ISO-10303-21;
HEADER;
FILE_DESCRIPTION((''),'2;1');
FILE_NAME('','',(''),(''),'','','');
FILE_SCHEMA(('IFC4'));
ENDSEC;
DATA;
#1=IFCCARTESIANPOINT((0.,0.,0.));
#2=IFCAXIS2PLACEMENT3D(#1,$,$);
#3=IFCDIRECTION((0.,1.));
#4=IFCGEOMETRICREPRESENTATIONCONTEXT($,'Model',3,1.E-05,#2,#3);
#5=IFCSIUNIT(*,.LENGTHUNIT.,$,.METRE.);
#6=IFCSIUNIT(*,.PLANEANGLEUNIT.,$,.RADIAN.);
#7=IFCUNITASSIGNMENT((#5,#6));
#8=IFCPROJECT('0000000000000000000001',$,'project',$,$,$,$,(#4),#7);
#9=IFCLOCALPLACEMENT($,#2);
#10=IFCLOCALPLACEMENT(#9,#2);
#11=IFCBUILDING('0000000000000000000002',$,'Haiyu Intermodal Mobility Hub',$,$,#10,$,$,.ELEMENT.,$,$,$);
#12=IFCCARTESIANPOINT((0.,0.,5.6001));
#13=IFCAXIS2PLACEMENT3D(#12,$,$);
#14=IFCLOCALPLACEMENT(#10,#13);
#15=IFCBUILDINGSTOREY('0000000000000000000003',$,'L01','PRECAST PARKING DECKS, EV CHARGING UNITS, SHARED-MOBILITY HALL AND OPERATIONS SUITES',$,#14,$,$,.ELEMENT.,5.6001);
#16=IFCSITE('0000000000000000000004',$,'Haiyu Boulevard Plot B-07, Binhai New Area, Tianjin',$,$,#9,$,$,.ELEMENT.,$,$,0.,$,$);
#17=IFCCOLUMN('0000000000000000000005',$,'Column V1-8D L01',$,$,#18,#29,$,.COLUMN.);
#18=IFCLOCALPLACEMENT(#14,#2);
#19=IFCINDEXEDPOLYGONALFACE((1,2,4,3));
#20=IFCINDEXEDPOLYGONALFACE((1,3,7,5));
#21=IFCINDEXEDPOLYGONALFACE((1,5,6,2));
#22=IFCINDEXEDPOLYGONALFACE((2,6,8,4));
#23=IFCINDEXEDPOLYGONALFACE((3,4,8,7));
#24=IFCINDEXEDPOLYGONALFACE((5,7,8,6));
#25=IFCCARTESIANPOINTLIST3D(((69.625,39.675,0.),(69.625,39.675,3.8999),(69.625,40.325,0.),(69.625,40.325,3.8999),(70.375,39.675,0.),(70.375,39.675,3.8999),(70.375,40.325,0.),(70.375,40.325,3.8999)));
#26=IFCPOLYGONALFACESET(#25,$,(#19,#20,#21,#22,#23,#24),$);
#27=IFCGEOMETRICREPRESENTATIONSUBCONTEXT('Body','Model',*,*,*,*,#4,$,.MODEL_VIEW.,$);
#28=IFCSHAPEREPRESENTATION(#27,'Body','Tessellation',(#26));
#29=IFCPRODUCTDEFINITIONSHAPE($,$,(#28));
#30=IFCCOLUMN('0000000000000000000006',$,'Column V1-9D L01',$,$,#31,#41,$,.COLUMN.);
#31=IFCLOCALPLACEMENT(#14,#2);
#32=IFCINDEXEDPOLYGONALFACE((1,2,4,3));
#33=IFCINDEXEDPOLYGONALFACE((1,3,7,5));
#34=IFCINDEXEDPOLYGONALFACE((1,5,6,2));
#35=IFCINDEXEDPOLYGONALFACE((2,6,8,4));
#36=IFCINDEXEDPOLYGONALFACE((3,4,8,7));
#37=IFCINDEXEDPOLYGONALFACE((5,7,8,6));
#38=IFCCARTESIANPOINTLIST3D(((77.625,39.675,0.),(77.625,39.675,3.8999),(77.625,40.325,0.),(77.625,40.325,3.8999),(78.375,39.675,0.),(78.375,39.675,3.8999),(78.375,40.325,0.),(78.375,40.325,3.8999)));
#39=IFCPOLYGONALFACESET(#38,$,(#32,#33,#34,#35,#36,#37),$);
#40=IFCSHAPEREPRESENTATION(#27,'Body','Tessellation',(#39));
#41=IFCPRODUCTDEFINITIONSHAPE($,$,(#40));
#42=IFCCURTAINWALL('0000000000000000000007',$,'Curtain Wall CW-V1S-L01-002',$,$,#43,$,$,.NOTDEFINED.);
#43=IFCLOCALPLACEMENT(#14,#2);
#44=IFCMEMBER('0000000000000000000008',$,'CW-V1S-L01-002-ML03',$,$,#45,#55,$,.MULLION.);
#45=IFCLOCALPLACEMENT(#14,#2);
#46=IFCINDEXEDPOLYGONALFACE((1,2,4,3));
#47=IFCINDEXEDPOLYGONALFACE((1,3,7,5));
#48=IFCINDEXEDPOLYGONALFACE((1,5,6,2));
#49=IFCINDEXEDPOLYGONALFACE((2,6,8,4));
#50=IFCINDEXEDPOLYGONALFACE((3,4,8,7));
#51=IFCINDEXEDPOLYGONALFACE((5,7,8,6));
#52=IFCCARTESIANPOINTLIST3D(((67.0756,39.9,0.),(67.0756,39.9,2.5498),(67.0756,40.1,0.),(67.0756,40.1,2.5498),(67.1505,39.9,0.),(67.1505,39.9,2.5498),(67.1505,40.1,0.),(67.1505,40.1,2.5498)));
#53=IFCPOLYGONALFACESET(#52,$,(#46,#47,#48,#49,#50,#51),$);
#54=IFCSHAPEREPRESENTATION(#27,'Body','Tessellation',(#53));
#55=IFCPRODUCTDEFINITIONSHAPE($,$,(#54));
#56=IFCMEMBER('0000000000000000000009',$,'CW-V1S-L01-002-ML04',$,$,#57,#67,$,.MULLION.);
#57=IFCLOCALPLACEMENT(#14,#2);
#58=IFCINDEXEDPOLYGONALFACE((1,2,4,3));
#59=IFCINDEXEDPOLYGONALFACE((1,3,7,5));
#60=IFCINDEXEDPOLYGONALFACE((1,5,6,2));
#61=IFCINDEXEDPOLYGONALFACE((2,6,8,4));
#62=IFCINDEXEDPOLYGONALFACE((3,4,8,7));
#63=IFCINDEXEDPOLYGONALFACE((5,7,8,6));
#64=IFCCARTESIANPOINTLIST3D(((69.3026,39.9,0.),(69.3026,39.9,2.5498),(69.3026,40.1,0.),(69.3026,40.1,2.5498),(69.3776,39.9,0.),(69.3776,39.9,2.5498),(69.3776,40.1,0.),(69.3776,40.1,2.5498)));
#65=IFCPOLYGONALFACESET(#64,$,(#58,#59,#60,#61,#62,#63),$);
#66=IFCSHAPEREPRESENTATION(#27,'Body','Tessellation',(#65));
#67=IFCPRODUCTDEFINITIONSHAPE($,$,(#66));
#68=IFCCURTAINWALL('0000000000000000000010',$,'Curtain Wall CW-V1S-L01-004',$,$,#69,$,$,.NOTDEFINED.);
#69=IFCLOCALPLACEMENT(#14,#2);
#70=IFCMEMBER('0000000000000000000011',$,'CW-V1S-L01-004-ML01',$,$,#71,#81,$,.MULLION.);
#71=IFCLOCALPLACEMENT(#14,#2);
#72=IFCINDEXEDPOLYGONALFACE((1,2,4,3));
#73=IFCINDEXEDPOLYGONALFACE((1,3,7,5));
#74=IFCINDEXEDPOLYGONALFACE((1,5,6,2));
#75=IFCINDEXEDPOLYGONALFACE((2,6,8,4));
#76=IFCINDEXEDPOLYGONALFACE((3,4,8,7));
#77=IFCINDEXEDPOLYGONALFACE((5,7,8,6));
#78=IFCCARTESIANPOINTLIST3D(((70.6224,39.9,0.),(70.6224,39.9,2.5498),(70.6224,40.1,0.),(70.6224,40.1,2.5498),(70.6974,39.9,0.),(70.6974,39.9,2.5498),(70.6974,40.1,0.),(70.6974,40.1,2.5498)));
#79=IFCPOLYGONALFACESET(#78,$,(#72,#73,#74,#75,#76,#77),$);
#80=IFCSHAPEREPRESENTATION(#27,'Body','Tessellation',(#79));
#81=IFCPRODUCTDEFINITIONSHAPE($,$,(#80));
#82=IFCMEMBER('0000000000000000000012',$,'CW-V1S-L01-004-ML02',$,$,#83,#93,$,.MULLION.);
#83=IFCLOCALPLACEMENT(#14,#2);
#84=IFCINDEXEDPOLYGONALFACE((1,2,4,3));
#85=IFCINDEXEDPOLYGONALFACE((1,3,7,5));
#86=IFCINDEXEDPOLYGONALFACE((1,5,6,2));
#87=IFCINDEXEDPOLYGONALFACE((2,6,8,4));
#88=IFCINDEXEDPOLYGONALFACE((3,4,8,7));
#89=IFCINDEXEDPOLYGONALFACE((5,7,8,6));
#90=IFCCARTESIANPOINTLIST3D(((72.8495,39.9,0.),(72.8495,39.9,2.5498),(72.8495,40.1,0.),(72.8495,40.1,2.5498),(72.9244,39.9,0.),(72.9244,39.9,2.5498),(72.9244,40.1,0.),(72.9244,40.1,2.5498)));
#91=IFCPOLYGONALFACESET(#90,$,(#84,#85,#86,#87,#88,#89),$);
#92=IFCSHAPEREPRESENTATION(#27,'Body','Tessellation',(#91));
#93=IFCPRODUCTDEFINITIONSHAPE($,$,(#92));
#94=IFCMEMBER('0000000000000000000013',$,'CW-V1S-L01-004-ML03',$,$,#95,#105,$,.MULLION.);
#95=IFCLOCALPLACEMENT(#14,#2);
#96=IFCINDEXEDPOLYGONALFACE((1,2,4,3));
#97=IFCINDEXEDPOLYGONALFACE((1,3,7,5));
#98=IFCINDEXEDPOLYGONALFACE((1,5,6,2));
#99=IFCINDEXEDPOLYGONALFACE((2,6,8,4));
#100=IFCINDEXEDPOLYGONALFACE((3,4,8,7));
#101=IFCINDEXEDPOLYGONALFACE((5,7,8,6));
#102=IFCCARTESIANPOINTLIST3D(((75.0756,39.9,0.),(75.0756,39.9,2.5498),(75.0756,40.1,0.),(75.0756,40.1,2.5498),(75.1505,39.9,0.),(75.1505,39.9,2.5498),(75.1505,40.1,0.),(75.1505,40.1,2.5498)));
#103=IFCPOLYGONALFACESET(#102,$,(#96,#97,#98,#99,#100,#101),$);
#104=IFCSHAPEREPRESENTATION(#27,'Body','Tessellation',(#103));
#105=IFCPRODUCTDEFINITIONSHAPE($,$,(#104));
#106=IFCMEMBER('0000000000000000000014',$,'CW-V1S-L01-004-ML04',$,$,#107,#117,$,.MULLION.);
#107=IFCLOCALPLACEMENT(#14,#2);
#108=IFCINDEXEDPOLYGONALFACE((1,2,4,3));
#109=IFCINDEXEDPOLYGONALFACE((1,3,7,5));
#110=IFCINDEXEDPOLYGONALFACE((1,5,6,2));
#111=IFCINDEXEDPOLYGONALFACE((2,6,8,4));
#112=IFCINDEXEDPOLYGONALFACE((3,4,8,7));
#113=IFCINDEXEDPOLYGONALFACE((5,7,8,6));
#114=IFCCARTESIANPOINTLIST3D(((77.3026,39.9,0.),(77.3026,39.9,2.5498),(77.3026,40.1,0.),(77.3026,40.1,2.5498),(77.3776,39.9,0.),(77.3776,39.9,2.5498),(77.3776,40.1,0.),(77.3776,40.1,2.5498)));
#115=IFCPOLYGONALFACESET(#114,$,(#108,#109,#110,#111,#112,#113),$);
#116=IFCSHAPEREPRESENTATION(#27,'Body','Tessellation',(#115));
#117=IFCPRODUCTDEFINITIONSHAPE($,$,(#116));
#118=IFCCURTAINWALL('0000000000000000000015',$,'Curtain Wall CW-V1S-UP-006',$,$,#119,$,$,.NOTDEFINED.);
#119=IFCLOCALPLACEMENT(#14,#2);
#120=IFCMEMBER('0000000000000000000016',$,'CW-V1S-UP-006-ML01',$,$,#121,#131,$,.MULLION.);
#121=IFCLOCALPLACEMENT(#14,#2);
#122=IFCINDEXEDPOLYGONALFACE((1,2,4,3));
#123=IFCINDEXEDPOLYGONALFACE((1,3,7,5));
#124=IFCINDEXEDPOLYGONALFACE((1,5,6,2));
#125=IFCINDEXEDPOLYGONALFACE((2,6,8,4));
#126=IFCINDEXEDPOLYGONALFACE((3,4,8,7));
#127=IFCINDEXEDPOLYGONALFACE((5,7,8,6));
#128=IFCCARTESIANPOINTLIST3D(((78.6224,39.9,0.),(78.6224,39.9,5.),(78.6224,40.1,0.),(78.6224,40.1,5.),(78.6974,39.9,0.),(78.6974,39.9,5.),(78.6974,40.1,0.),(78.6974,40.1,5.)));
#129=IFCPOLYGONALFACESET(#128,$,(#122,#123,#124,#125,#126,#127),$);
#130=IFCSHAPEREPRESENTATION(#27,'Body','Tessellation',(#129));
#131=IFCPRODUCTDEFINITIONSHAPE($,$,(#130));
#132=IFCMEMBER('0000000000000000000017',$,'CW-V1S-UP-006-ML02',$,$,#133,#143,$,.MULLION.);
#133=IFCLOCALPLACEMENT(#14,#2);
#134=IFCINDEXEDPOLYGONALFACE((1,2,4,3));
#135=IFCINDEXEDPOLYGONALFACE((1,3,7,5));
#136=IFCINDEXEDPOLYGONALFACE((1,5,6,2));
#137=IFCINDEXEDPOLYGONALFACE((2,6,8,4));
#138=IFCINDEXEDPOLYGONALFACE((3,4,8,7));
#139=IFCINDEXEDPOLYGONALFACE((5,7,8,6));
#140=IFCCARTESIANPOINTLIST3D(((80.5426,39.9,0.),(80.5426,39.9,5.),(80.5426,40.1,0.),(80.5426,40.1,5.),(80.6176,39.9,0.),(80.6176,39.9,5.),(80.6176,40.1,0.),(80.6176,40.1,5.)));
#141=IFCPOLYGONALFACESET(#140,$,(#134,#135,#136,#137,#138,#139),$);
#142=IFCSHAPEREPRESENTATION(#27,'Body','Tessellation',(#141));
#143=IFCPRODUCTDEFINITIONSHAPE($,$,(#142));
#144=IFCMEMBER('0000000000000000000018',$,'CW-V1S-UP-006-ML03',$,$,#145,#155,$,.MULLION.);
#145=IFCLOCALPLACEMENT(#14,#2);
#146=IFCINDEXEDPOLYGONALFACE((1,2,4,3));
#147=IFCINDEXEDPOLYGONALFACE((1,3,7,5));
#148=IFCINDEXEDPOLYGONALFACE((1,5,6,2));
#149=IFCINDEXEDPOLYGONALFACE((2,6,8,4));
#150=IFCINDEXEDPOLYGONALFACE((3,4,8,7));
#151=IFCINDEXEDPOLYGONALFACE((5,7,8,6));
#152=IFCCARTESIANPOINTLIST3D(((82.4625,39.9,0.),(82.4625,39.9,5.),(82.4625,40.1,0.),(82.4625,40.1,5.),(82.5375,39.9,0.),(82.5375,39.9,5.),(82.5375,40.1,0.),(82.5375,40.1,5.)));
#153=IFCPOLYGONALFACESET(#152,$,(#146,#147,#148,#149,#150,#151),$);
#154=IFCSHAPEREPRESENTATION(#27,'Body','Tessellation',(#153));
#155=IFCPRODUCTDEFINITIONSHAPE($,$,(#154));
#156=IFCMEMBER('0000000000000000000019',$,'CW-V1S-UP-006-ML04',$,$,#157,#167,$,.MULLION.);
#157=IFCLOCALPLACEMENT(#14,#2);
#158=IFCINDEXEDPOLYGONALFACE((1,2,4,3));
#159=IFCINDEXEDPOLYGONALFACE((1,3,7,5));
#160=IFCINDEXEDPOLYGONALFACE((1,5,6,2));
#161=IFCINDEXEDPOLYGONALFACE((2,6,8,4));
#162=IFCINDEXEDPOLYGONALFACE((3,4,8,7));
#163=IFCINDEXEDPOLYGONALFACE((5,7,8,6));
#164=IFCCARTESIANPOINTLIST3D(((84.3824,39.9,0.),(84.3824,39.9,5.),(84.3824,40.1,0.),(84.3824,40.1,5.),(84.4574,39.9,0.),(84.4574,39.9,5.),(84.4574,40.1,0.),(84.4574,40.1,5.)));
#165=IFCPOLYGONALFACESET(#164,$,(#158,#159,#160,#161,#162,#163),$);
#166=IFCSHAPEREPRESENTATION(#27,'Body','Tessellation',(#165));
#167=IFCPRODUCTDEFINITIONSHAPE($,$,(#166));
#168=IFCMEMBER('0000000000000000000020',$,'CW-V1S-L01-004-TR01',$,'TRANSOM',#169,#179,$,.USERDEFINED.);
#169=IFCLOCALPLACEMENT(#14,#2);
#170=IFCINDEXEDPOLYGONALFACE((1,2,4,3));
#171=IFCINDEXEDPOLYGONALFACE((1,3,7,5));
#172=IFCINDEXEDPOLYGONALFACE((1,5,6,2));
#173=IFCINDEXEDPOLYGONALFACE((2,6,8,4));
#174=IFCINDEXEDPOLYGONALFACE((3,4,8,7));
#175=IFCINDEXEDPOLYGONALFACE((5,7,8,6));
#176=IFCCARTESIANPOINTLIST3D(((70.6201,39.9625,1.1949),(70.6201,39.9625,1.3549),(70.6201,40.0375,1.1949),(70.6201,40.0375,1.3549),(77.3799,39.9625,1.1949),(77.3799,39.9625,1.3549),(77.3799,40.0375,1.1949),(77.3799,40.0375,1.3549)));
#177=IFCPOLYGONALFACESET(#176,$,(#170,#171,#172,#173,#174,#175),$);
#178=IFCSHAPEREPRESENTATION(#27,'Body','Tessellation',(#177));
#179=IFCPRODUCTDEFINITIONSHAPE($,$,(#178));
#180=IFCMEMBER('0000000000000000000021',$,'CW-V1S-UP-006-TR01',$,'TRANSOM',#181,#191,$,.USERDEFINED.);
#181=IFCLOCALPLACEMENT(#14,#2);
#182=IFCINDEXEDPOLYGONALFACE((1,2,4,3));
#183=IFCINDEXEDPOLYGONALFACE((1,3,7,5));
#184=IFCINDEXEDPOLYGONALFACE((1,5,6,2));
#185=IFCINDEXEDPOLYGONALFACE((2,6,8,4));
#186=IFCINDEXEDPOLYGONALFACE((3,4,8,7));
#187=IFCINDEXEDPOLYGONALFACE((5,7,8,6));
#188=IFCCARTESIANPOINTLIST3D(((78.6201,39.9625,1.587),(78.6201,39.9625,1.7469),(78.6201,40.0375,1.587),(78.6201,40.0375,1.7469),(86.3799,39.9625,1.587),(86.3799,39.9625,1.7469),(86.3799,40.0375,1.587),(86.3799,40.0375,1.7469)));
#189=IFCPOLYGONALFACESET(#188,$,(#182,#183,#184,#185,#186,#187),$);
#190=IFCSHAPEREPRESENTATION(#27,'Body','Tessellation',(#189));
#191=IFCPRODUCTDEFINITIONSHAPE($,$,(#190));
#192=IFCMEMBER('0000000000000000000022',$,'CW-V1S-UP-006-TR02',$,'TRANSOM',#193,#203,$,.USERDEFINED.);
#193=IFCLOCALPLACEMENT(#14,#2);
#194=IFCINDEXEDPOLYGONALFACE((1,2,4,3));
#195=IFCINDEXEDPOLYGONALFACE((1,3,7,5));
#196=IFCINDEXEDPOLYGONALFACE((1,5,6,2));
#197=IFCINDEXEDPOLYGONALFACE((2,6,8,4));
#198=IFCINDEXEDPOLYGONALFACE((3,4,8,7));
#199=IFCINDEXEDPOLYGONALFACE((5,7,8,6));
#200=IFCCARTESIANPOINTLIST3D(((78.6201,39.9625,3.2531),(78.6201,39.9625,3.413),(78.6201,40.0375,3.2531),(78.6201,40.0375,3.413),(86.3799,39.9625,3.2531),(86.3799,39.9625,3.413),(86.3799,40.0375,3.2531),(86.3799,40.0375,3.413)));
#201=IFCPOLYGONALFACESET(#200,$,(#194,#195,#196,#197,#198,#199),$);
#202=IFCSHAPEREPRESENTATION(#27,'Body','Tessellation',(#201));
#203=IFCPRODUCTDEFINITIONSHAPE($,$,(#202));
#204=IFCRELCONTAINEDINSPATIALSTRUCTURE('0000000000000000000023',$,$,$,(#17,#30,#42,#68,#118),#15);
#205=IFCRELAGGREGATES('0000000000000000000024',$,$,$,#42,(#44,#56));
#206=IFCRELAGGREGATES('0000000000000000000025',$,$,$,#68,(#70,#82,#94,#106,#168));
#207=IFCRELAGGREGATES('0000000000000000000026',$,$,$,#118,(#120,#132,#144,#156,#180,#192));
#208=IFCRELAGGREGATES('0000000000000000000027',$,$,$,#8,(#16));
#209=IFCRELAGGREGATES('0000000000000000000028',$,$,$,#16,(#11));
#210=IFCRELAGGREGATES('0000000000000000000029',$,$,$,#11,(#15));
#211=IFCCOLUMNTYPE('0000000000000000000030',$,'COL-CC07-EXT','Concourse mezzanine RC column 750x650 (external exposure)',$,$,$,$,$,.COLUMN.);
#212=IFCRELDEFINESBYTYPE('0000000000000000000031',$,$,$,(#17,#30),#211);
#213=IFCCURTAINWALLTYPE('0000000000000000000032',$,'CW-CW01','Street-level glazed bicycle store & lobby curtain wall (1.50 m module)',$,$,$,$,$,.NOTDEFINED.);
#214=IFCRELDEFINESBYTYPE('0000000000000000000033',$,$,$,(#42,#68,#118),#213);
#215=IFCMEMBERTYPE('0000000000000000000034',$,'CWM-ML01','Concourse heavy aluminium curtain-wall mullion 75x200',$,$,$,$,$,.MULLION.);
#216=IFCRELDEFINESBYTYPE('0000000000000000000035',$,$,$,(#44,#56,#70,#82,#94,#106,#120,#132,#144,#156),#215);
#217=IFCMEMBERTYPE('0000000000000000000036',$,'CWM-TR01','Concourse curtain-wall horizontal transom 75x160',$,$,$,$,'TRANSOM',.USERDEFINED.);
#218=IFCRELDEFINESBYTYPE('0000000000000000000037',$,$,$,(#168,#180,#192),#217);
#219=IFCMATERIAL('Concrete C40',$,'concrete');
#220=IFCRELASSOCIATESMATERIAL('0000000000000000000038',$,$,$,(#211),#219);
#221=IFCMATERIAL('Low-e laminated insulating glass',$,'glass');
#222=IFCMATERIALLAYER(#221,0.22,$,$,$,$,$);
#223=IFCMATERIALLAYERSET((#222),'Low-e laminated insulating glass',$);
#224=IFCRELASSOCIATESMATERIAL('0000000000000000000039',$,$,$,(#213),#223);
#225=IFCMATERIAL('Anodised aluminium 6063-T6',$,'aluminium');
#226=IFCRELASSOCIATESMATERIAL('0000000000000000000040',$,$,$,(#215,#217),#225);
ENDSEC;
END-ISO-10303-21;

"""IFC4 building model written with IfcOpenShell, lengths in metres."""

from ifc_helpers import new_model, si_unit, direction, frame, origin, origin_2d, place, context, subcontext, project, spatial, rectangle, extrude, material, layer, layer_set, material_profile, profile_set, type_object, element, aggregate, save


model = new_model("IFC4")

# Units and contexts
model_context = context("Model", 3, precision=1e-05, world=origin(), true_north=direction((0.0, 1.0)))
body_context = subcontext(model_context, "Body", "Model", "MODEL_VIEW")
ifc_project = project(units=[si_unit("LENGTHUNIT", "METRE"), si_unit("PLANEANGLEUNIT", "RADIAN")], contexts=[model_context])

# Site, building, storey
site_placement = place(None, origin())
site = spatial("IfcSite", under=ifc_project, at=site_placement, Name="Haiyu Boulevard Plot B-07, Binhai New Area, Tianjin", CompositionType="ELEMENT", RefElevation=0.0)
building_placement = place(site_placement, origin())
building = spatial("IfcBuilding", under=site, at=building_placement, Name="Haiyu Intermodal Mobility Hub", CompositionType="ELEMENT")
storey_placement = place(building_placement, frame((0.0, 0.0, 5.6001)))
storey = spatial("IfcBuildingStorey", under=building, at=storey_placement, Name="L01", Description="PRECAST PARKING DECKS, EV CHARGING UNITS, SHARED-MOBILITY HALL AND OPERATIONS SUITES", CompositionType="ELEMENT", Elevation=5.6001)

# Columns
ifc_material_1 = material(Name="Concrete C40", Category="concrete")
ifc_material_profile_1 = material_profile(ifc_material_1, rectangle(XDim=0.75, YDim=0.6499, at=origin_2d()), Name="RC750x650")
ifc_profile_set_1 = profile_set([ifc_material_profile_1], Name="Concrete C40")
column_type = type_object("IfcColumnType", Name="COL-CC07-EXT", Description="Concourse mezzanine RC column 750x650 (external exposure)", PredefinedType="COLUMN", material=ifc_profile_set_1)
for number, where, z_axis, x_axis, name in (
    (1, (70.0, 40.0, 0.0), (0.0, 0.0, 1.0), (1.0, 0.0, 0.0), "Column V1-8D L01"),
    (2, (78.0, 40.0, 0.0), (0.0, 0.0, 1.0), (1.0, 0.0, 0.0), "Column V1-9D L01"),
):
    element("IfcColumn", number, at=place(storey_placement, frame(where, z_axis=z_axis, x_axis=x_axis)), inside=storey, type_object=column_type, Name=name, PredefinedType="COLUMN", context=body_context, shape_type="SweptSolid", body=[
        extrude(rectangle(XDim=0.75, YDim=0.6499, at=origin_2d()), origin(), (0.0, 0.0, 1.0), 3.8999),
    ])

# Curtain walls, members
ifc_material_2 = material(Name="Low-e laminated insulating glass", Category="glass")
ifc_layer_1 = layer(ifc_material_2, 0.22)
ifc_layer_set_1 = layer_set([ifc_layer_1], Name="Low-e laminated insulating glass")
curtain_wall_type = type_object("IfcCurtainWallType", Name="CW-CW01", Description="Street-level glazed bicycle store & lobby curtain wall (1.50 m module)", PredefinedType="NOTDEFINED", material=ifc_layer_set_1)
curtain_wall_1_placement = place(storey_placement, origin())
curtain_wall_1 = element("IfcCurtainWall", 3, at=curtain_wall_1_placement, inside=storey, type_object=curtain_wall_type, Name="Curtain Wall CW-V1S-L01-002", PredefinedType="NOTDEFINED")
ifc_material_3 = material(Name="Anodised aluminium 6063-T6", Category="aluminium")
ifc_material_profile_2 = material_profile(ifc_material_3, rectangle(XDim=0.075, YDim=0.2, at=origin_2d()), Name="ALU75x200")
ifc_profile_set_2 = profile_set([ifc_material_profile_2], Name="Anodised aluminium 6063-T6")
member_type_1 = type_object("IfcMemberType", Name="CWM-ML01", Description="Concourse heavy aluminium curtain-wall mullion 75x200", PredefinedType="MULLION", material=ifc_profile_set_2)
member_1_placement = place(storey_placement, frame((67.113, 40.0, 0.0), z_axis=(0.0, 0.0, 1.0), x_axis=(1.0, 0.0, 0.0)))
member_1 = element("IfcMember", 4, at=member_1_placement, type_object=member_type_1, Name="CW-V1S-L01-002-ML03", PredefinedType="MULLION", context=body_context, shape_type="SweptSolid", body=[
    extrude(rectangle(XDim=0.075, YDim=0.2, at=origin_2d()), origin(), (0.0, 0.0, 1.0), 2.5498),
])
member_2_placement = place(storey_placement, frame((69.3401, 40.0, 0.0), z_axis=(0.0, 0.0, 1.0), x_axis=(1.0, 0.0, 0.0)))
member_2 = element("IfcMember", 5, at=member_2_placement, type_object=member_type_1, Name="CW-V1S-L01-002-ML04", PredefinedType="MULLION", context=body_context, shape_type="SweptSolid", body=[
    extrude(rectangle(XDim=0.075, YDim=0.2, at=origin_2d()), origin(), (0.0, 0.0, 1.0), 2.5498),
])
curtain_wall_2_placement = place(storey_placement, origin())
curtain_wall_2 = element("IfcCurtainWall", 6, at=curtain_wall_2_placement, inside=storey, type_object=curtain_wall_type, Name="Curtain Wall CW-V1S-L01-004", PredefinedType="NOTDEFINED")
member_3_placement = place(storey_placement, frame((70.6599, 40.0, 0.0), z_axis=(0.0, 0.0, 1.0), x_axis=(1.0, 0.0, 0.0)))
member_3 = element("IfcMember", 7, at=member_3_placement, type_object=member_type_1, Name="CW-V1S-L01-004-ML01", PredefinedType="MULLION", context=body_context, shape_type="SweptSolid", body=[
    extrude(rectangle(XDim=0.075, YDim=0.2, at=origin_2d()), origin(), (0.0, 0.0, 1.0), 2.5498),
])
member_4_placement = place(storey_placement, frame((72.887, 40.0, 0.0), z_axis=(0.0, 0.0, 1.0), x_axis=(1.0, 0.0, 0.0)))
member_4 = element("IfcMember", 8, at=member_4_placement, type_object=member_type_1, Name="CW-V1S-L01-004-ML02", PredefinedType="MULLION", context=body_context, shape_type="SweptSolid", body=[
    extrude(rectangle(XDim=0.075, YDim=0.2, at=origin_2d()), origin(), (0.0, 0.0, 1.0), 2.5498),
])
member_5_placement = place(storey_placement, frame((75.113, 40.0, 0.0), z_axis=(0.0, 0.0, 1.0), x_axis=(1.0, 0.0, 0.0)))
member_5 = element("IfcMember", 9, at=member_5_placement, type_object=member_type_1, Name="CW-V1S-L01-004-ML03", PredefinedType="MULLION", context=body_context, shape_type="SweptSolid", body=[
    extrude(rectangle(XDim=0.075, YDim=0.2, at=origin_2d()), origin(), (0.0, 0.0, 1.0), 2.5498),
])
member_6_placement = place(storey_placement, frame((77.3401, 40.0, 0.0), z_axis=(0.0, 0.0, 1.0), x_axis=(1.0, 0.0, 0.0)))
member_6 = element("IfcMember", 10, at=member_6_placement, type_object=member_type_1, Name="CW-V1S-L01-004-ML04", PredefinedType="MULLION", context=body_context, shape_type="SweptSolid", body=[
    extrude(rectangle(XDim=0.075, YDim=0.2, at=origin_2d()), origin(), (0.0, 0.0, 1.0), 2.5498),
])
curtain_wall_3_placement = place(storey_placement, origin())
curtain_wall_3 = element("IfcCurtainWall", 11, at=curtain_wall_3_placement, inside=storey, type_object=curtain_wall_type, Name="Curtain Wall CW-V1S-UP-006", PredefinedType="NOTDEFINED")
member_7_placement = place(storey_placement, frame((78.6599, 40.0, 0.0), z_axis=(0.0, 0.0, 1.0), x_axis=(1.0, 0.0, 0.0)))
member_7 = element("IfcMember", 12, at=member_7_placement, type_object=member_type_1, Name="CW-V1S-UP-006-ML01", PredefinedType="MULLION", context=body_context, shape_type="SweptSolid", body=[
    extrude(rectangle(XDim=0.075, YDim=0.2, at=origin_2d()), origin(), (0.0, 0.0, 1.0), 5.0),
])
member_8_placement = place(storey_placement, frame((80.5801, 40.0, 0.0), z_axis=(0.0, 0.0, 1.0), x_axis=(1.0, 0.0, 0.0)))
member_8 = element("IfcMember", 13, at=member_8_placement, type_object=member_type_1, Name="CW-V1S-UP-006-ML02", PredefinedType="MULLION", context=body_context, shape_type="SweptSolid", body=[
    extrude(rectangle(XDim=0.075, YDim=0.2, at=origin_2d()), origin(), (0.0, 0.0, 1.0), 5.0),
])
member_9_placement = place(storey_placement, frame((82.5, 40.0, 0.0), z_axis=(0.0, 0.0, 1.0), x_axis=(1.0, 0.0, 0.0)))
member_9 = element("IfcMember", 14, at=member_9_placement, type_object=member_type_1, Name="CW-V1S-UP-006-ML03", PredefinedType="MULLION", context=body_context, shape_type="SweptSolid", body=[
    extrude(rectangle(XDim=0.075, YDim=0.2, at=origin_2d()), origin(), (0.0, 0.0, 1.0), 5.0),
])
member_10_placement = place(storey_placement, frame((84.4199, 40.0, 0.0), z_axis=(0.0, 0.0, 1.0), x_axis=(1.0, 0.0, 0.0)))
member_10 = element("IfcMember", 15, at=member_10_placement, type_object=member_type_1, Name="CW-V1S-UP-006-ML04", PredefinedType="MULLION", context=body_context, shape_type="SweptSolid", body=[
    extrude(rectangle(XDim=0.075, YDim=0.2, at=origin_2d()), origin(), (0.0, 0.0, 1.0), 5.0),
])

# Members
ifc_material_profile_3 = material_profile(ifc_material_3, rectangle(XDim=0.075, YDim=0.1599, at=origin_2d()), Name="ALU75x160")
ifc_profile_set_3 = profile_set([ifc_material_profile_3], Name="Anodised aluminium 6063-T6")
member_type_2 = type_object("IfcMemberType", Name="CWM-TR01", Description="Concourse curtain-wall horizontal transom 75x160", ElementType="TRANSOM", PredefinedType="USERDEFINED", material=ifc_profile_set_3)
member_11_placement = place(storey_placement, frame((70.6201, 40.0, 1.2749), z_axis=(1.0, 0.0, 0.0), x_axis=(0.0, 1.0, 0.0)))
member_11 = element("IfcMember", 16, at=member_11_placement, type_object=member_type_2, Name="CW-V1S-L01-004-TR01", ObjectType="TRANSOM", PredefinedType="USERDEFINED", context=body_context, shape_type="SweptSolid", body=[
    extrude(rectangle(XDim=0.075, YDim=0.1599, at=origin_2d()), origin(), (0.0, 0.0, 1.0), 6.7598),
])
member_12_placement = place(storey_placement, frame((78.6201, 40.0, 1.667), z_axis=(1.0, 0.0, 0.0), x_axis=(0.0, 1.0, 0.0)))
member_12 = element("IfcMember", 17, at=member_12_placement, type_object=member_type_2, Name="CW-V1S-UP-006-TR01", ObjectType="TRANSOM", PredefinedType="USERDEFINED", context=body_context, shape_type="SweptSolid", body=[
    extrude(rectangle(XDim=0.075, YDim=0.1599, at=origin_2d()), origin(), (0.0, 0.0, 1.0), 7.7598),
])
member_13_placement = place(storey_placement, frame((78.6201, 40.0, 3.333), z_axis=(1.0, 0.0, 0.0), x_axis=(0.0, 1.0, 0.0)))
member_13 = element("IfcMember", 18, at=member_13_placement, type_object=member_type_2, Name="CW-V1S-UP-006-TR02", ObjectType="TRANSOM", PredefinedType="USERDEFINED", context=body_context, shape_type="SweptSolid", body=[
    extrude(rectangle(XDim=0.075, YDim=0.1599, at=origin_2d()), origin(), (0.0, 0.0, 1.0), 7.7598),
])

aggregate(curtain_wall_1, [member_1, member_2])
aggregate(curtain_wall_2, [member_3, member_4, member_5, member_6, member_11])
aggregate(curtain_wall_3, [member_7, member_8, member_9, member_10, member_12, member_13])

save(model, "model.ifc")
